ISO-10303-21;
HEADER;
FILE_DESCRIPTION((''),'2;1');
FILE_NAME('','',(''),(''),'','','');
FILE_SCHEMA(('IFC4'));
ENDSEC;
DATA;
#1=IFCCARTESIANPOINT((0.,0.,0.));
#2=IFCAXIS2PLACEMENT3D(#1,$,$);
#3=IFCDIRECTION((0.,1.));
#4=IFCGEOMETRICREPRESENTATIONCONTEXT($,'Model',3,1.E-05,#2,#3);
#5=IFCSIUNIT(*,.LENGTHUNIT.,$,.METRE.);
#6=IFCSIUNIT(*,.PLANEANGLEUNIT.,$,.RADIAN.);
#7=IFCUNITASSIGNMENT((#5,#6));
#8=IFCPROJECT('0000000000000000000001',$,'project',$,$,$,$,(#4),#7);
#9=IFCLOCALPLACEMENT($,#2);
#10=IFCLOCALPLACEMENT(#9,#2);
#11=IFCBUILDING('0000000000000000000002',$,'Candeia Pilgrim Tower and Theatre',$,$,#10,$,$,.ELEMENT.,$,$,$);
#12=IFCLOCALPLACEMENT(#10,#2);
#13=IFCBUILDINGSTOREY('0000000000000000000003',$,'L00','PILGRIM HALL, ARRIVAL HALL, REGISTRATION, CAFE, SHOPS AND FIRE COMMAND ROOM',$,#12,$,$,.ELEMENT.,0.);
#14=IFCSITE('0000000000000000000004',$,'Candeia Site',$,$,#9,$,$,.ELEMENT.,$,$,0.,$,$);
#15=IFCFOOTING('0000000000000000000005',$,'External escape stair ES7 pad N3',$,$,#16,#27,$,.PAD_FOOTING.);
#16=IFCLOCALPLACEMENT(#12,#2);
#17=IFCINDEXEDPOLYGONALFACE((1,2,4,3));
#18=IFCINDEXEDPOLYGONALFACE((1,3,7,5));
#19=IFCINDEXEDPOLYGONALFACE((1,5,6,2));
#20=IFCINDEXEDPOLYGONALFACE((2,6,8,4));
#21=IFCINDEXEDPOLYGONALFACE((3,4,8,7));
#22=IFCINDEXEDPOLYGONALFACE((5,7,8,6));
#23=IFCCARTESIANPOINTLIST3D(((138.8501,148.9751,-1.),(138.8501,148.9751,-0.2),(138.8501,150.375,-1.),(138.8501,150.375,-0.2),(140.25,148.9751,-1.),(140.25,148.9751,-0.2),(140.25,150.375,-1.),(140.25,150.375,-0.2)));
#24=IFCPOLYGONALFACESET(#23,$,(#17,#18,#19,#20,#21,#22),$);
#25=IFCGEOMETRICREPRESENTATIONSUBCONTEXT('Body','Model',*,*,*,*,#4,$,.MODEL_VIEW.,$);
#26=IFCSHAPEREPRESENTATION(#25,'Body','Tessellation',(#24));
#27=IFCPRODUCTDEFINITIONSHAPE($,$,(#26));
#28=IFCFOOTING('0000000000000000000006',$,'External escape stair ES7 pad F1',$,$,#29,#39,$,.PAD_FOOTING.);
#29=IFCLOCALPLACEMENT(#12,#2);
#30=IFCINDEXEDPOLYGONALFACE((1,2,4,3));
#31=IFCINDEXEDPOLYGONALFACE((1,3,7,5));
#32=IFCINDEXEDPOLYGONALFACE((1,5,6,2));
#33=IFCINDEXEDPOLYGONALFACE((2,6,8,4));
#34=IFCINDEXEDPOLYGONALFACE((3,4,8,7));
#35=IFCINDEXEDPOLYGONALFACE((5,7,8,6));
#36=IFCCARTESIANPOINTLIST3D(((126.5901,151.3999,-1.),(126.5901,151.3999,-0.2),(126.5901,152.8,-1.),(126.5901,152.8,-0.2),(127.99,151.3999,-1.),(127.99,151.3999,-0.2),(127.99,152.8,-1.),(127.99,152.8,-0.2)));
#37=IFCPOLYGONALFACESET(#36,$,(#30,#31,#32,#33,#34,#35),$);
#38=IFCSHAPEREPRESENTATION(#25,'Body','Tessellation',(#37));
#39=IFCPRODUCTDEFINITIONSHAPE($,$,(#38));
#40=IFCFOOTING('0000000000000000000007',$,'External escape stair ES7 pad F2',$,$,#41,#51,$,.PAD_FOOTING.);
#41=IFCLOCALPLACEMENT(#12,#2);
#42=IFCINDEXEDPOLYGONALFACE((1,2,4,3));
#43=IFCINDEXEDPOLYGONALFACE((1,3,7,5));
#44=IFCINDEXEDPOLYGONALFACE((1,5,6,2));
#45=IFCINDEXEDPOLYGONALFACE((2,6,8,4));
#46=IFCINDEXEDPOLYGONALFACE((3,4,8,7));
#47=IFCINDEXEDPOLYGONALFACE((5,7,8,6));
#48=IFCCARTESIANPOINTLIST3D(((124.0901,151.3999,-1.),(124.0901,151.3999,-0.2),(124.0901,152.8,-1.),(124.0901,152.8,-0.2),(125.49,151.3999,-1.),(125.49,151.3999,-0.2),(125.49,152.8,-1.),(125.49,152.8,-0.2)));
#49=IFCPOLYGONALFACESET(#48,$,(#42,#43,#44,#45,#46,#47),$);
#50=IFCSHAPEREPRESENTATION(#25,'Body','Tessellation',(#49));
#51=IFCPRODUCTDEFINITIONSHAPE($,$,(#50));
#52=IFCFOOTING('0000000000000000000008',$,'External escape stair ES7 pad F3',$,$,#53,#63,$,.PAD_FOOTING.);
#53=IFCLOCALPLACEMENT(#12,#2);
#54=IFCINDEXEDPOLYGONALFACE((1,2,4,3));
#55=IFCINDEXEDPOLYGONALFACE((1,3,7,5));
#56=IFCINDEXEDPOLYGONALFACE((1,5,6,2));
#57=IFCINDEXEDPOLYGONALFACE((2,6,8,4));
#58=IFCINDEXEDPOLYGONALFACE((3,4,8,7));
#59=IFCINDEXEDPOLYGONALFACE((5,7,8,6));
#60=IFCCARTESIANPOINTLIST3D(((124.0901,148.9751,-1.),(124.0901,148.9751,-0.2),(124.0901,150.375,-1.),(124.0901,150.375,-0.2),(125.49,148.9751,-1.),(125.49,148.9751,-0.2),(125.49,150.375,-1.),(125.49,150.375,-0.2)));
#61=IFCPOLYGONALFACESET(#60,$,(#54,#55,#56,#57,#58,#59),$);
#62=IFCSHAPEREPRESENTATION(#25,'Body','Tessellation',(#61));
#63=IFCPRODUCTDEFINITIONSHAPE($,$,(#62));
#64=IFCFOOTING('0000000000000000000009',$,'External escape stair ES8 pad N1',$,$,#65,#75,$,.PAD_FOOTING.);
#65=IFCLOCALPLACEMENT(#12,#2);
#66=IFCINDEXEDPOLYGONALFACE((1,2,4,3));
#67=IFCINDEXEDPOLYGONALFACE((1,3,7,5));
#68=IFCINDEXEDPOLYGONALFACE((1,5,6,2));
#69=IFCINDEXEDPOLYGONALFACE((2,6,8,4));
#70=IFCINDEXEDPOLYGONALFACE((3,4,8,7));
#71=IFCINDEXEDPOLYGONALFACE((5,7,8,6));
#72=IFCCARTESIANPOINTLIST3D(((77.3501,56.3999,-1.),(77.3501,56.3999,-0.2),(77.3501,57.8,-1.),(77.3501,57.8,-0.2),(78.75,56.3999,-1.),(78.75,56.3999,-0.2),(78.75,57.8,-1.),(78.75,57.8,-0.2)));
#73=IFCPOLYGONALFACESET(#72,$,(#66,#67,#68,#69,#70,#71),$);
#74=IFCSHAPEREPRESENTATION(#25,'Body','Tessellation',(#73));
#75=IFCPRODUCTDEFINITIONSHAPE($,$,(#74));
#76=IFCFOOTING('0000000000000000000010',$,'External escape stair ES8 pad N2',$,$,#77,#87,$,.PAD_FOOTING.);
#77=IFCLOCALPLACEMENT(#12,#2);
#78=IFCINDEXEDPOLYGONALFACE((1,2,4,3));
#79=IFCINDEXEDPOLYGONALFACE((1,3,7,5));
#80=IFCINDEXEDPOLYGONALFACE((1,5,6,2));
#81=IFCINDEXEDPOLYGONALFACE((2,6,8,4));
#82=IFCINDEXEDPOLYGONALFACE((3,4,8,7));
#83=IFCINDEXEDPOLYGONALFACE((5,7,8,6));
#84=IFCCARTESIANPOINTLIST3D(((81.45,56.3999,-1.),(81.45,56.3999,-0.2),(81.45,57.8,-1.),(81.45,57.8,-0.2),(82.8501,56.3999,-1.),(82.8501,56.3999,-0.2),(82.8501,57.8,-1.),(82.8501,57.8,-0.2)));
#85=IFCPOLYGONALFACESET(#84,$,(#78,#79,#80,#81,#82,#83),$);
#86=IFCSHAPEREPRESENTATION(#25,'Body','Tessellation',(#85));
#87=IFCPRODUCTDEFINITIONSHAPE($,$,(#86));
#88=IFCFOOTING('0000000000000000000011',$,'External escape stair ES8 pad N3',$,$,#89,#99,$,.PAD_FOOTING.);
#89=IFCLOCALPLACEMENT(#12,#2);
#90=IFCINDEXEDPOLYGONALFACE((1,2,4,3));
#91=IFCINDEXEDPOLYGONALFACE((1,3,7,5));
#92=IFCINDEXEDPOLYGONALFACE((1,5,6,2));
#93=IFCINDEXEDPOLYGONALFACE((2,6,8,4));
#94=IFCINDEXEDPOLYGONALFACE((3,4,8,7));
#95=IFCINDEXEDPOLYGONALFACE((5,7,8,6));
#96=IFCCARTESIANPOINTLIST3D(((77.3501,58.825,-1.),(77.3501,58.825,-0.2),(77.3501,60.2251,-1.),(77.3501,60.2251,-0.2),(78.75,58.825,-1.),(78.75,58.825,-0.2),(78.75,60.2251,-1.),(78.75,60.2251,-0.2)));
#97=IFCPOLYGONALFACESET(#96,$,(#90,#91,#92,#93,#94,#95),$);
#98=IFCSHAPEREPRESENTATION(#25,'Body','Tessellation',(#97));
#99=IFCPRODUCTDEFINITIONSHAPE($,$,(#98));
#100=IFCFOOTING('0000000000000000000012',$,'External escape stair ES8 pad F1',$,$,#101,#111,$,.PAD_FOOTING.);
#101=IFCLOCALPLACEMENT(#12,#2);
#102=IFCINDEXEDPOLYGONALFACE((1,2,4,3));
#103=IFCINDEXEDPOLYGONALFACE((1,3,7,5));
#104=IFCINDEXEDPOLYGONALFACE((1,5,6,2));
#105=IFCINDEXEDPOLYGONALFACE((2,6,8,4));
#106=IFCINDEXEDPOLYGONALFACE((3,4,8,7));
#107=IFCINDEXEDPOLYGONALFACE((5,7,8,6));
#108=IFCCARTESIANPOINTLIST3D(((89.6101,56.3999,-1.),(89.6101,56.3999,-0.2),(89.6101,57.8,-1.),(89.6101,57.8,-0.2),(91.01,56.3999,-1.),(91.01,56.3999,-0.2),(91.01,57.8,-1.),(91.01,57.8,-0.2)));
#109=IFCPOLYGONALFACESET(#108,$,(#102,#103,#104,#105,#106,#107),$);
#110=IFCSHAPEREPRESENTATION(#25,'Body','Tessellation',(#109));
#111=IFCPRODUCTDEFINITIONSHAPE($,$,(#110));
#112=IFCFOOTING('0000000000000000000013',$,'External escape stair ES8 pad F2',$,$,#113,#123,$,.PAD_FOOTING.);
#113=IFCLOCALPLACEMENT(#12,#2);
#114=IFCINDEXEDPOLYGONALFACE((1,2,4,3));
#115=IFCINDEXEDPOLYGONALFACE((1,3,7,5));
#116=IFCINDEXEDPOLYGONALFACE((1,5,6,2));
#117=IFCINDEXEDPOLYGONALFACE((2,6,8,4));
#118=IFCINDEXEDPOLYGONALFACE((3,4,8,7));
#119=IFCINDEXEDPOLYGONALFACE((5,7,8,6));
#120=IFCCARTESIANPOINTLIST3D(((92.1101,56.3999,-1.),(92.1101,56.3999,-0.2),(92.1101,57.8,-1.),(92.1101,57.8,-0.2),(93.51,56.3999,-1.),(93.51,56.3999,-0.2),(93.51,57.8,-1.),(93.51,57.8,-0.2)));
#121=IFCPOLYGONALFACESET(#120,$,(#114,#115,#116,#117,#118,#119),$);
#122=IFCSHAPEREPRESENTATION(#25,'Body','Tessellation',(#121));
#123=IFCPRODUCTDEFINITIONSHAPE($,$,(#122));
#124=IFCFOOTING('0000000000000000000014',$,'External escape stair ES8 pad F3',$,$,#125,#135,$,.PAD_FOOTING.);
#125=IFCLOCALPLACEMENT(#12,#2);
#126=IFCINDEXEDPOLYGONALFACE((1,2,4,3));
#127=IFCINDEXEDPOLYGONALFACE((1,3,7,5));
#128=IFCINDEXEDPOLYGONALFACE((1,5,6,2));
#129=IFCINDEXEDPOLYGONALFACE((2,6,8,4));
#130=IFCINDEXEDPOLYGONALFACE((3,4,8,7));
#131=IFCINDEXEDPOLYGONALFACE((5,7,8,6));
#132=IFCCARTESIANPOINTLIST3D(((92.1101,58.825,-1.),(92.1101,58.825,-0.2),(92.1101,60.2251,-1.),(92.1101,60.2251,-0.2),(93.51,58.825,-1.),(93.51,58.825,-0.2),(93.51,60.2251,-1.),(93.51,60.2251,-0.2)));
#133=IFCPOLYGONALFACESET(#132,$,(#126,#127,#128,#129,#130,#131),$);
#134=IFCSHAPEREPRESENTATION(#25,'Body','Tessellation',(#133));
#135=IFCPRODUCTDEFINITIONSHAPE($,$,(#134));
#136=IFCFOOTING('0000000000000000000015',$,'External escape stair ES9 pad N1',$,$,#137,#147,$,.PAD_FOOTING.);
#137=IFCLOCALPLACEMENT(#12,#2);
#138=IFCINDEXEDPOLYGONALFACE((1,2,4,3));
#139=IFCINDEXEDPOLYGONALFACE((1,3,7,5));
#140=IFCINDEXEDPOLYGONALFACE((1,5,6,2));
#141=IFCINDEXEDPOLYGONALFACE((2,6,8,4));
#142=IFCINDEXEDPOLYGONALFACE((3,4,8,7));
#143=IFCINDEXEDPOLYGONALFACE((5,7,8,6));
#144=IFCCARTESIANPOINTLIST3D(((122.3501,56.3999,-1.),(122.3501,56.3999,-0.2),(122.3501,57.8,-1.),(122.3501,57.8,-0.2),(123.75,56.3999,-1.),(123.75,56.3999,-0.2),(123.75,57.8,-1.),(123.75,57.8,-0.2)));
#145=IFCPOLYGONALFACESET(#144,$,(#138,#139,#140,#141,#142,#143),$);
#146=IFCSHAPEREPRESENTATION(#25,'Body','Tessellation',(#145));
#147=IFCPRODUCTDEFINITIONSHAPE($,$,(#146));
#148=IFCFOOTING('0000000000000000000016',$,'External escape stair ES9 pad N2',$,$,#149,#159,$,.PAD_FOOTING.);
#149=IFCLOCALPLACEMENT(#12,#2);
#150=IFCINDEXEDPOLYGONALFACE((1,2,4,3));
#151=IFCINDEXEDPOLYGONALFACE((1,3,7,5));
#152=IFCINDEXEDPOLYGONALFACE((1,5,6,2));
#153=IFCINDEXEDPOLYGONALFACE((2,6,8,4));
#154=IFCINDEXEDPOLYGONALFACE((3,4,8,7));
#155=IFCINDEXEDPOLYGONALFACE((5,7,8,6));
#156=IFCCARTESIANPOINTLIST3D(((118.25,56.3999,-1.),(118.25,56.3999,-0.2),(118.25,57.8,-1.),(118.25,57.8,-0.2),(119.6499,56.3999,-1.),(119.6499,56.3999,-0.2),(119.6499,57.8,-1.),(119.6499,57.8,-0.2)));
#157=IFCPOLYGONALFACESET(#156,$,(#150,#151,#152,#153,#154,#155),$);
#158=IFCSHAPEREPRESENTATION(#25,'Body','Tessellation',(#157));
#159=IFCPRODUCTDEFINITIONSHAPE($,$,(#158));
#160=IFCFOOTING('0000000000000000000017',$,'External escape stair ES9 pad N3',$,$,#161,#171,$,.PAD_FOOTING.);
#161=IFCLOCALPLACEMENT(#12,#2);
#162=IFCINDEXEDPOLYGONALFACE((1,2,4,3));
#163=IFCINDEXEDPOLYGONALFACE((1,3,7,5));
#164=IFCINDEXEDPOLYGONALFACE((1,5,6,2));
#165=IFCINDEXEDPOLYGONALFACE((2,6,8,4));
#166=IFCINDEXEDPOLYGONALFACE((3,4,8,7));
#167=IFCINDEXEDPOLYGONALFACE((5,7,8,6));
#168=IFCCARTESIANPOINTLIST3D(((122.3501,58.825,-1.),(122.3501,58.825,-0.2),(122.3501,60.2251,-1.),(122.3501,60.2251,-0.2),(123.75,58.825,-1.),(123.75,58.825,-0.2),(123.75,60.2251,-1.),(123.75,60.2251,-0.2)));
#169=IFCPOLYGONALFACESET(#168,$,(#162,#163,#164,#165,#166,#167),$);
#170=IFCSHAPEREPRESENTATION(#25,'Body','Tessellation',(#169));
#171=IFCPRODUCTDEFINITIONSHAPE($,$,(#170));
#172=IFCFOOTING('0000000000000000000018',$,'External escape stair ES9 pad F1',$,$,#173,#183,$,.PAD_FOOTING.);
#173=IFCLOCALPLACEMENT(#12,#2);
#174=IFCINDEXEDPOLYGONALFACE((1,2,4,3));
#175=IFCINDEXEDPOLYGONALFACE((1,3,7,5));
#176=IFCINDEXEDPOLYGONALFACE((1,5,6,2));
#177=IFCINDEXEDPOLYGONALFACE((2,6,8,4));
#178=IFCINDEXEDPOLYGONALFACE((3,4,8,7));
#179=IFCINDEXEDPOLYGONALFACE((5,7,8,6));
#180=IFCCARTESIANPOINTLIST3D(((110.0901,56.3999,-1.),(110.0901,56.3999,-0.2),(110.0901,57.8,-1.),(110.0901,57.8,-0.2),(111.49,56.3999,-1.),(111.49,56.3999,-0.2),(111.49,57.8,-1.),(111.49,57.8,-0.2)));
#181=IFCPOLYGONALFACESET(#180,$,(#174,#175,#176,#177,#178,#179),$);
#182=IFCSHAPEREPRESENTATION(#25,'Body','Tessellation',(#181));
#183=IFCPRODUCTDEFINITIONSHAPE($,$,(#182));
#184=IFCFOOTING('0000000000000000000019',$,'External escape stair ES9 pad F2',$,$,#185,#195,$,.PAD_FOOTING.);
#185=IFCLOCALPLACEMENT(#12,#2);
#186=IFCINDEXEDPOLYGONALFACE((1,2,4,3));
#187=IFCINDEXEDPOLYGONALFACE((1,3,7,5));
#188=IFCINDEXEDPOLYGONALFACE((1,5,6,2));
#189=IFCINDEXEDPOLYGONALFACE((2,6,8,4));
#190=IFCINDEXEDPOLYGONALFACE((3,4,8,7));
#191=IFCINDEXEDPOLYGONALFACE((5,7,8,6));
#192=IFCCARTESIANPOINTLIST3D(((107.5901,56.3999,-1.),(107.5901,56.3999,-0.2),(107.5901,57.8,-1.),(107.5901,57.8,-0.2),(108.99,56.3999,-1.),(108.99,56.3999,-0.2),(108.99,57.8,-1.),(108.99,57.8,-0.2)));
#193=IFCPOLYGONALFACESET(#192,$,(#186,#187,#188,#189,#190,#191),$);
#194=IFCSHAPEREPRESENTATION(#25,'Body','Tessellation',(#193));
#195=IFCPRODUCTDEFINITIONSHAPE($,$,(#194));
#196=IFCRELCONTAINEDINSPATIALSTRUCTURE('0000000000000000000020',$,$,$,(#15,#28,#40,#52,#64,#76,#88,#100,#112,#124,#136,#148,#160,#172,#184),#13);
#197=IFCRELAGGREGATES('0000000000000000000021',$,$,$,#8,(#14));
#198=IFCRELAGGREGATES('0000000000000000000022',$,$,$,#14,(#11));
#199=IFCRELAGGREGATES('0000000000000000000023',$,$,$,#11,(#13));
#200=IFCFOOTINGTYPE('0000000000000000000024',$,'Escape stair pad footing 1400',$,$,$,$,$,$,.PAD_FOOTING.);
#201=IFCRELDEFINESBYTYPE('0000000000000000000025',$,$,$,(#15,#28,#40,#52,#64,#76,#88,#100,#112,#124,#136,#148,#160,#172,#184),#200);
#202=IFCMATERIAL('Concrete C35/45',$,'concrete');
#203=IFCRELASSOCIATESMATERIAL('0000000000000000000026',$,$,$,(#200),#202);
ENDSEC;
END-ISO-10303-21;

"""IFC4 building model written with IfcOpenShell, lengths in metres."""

from ifc_helpers import new_model, si_unit, direction, frame, origin, place, context, subcontext, project, spatial, polyline, outline, extrude, material, type_object, element, save


model = new_model("IFC4")

# Units and contexts
model_context = context("Model", 3, precision=1e-05, world=origin(), true_north=direction((0.0, 1.0)))
body_context = subcontext(model_context, "Body", "Model", "MODEL_VIEW")
ifc_project = project(units=[si_unit("LENGTHUNIT", "METRE"), si_unit("PLANEANGLEUNIT", "RADIAN")], contexts=[model_context])

# Site, building, storey
site_placement = place(None, origin())
site = spatial("IfcSite", under=ifc_project, at=site_placement, Name="Candeia Site", CompositionType="ELEMENT", RefElevation=0.0)
building_placement = place(site_placement, origin())
building = spatial("IfcBuilding", under=site, at=building_placement, Name="Candeia Pilgrim Tower and Theatre", CompositionType="ELEMENT")
storey_placement = place(building_placement, origin())
storey = spatial("IfcBuildingStorey", under=building, at=storey_placement, Name="L00", Description="PILGRIM HALL, ARRIVAL HALL, REGISTRATION, CAFE, SHOPS AND FIRE COMMAND ROOM", CompositionType="ELEMENT", Elevation=0.0)

# Footings
ifc_material = material(Name="Concrete C35/45", Category="concrete")
footing_type = type_object("IfcFootingType", Name="Escape stair pad footing 1400", PredefinedType="PAD_FOOTING", material=ifc_material)
footing_1_placement = place(storey_placement, frame((0.0, 0.0, -1.0)))
element("IfcFooting", 1, at=footing_1_placement, inside=storey, type_object=footing_type, Name="External escape stair ES7 pad N3", PredefinedType="PAD_FOOTING", context=body_context, shape_type="SweptSolid", body=[
    extrude(outline(polyline([(138.8501, 148.9751), (140.25, 148.9751), (140.25, 150.375), (138.8501, 150.375), (138.8501, 148.9751)])), origin(), (0.0, 0.0, 1.0), 0.8),
])
footing_2_placement = place(storey_placement, frame((0.0, 0.0, -1.0)))
element("IfcFooting", 2, at=footing_2_placement, inside=storey, type_object=footing_type, Name="External escape stair ES7 pad F1", PredefinedType="PAD_FOOTING", context=body_context, shape_type="SweptSolid", body=[
    extrude(outline(polyline([(126.5901, 151.3999), (127.99, 151.3999), (127.99, 152.8), (126.5901, 152.8), (126.5901, 151.3999)])), origin(), (0.0, 0.0, 1.0), 0.8),
])
footing_3_placement = place(storey_placement, frame((0.0, 0.0, -1.0)))
element("IfcFooting", 3, at=footing_3_placement, inside=storey, type_object=footing_type, Name="External escape stair ES7 pad F2", PredefinedType="PAD_FOOTING", context=body_context, shape_type="SweptSolid", body=[
    extrude(outline(polyline([(124.0901, 151.3999), (125.49, 151.3999), (125.49, 152.8), (124.0901, 152.8), (124.0901, 151.3999)])), origin(), (0.0, 0.0, 1.0), 0.8),
])
footing_4_placement = place(storey_placement, frame((0.0, 0.0, -1.0)))
element("IfcFooting", 4, at=footing_4_placement, inside=storey, type_object=footing_type, Name="External escape stair ES7 pad F3", PredefinedType="PAD_FOOTING", context=body_context, shape_type="SweptSolid", body=[
    extrude(outline(polyline([(124.0901, 148.9751), (125.49, 148.9751), (125.49, 150.375), (124.0901, 150.375), (124.0901, 148.9751)])), origin(), (0.0, 0.0, 1.0), 0.8),
])
footing_5_placement = place(storey_placement, frame((0.0, 0.0, -1.0)))
element("IfcFooting", 5, at=footing_5_placement, inside=storey, type_object=footing_type, Name="External escape stair ES8 pad N1", PredefinedType="PAD_FOOTING", context=body_context, shape_type="SweptSolid", body=[
    extrude(outline(polyline([(77.3501, 56.3999), (78.75, 56.3999), (78.75, 57.8), (77.3501, 57.8), (77.3501, 56.3999)])), origin(), (0.0, 0.0, 1.0), 0.8),
])
footing_6_placement = place(storey_placement, frame((0.0, 0.0, -1.0)))
element("IfcFooting", 6, at=footing_6_placement, inside=storey, type_object=footing_type, Name="External escape stair ES8 pad N2", PredefinedType="PAD_FOOTING", context=body_context, shape_type="SweptSolid", body=[
    extrude(outline(polyline([(81.45, 56.3999), (82.8501, 56.3999), (82.8501, 57.8), (81.45, 57.8), (81.45, 56.3999)])), origin(), (0.0, 0.0, 1.0), 0.8),
])
footing_7_placement = place(storey_placement, frame((0.0, 0.0, -1.0)))
element("IfcFooting", 7, at=footing_7_placement, inside=storey, type_object=footing_type, Name="External escape stair ES8 pad N3", PredefinedType="PAD_FOOTING", context=body_context, shape_type="SweptSolid", body=[
    extrude(outline(polyline([(77.3501, 58.825), (78.75, 58.825), (78.75, 60.2251), (77.3501, 60.2251), (77.3501, 58.825)])), origin(), (0.0, 0.0, 1.0), 0.8),
])
footing_8_placement = place(storey_placement, frame((0.0, 0.0, -1.0)))
element("IfcFooting", 8, at=footing_8_placement, inside=storey, type_object=footing_type, Name="External escape stair ES8 pad F1", PredefinedType="PAD_FOOTING", context=body_context, shape_type="SweptSolid", body=[
    extrude(outline(polyline([(89.6101, 56.3999), (91.01, 56.3999), (91.01, 57.8), (89.6101, 57.8), (89.6101, 56.3999)])), origin(), (0.0, 0.0, 1.0), 0.8),
])
footing_9_placement = place(storey_placement, frame((0.0, 0.0, -1.0)))
element("IfcFooting", 9, at=footing_9_placement, inside=storey, type_object=footing_type, Name="External escape stair ES8 pad F2", PredefinedType="PAD_FOOTING", context=body_context, shape_type="SweptSolid", body=[
    extrude(outline(polyline([(92.1101, 56.3999), (93.51, 56.3999), (93.51, 57.8), (92.1101, 57.8), (92.1101, 56.3999)])), origin(), (0.0, 0.0, 1.0), 0.8),
])
footing_10_placement = place(storey_placement, frame((0.0, 0.0, -1.0)))
element("IfcFooting", 10, at=footing_10_placement, inside=storey, type_object=footing_type, Name="External escape stair ES8 pad F3", PredefinedType="PAD_FOOTING", context=body_context, shape_type="SweptSolid", body=[
    extrude(outline(polyline([(92.1101, 58.825), (93.51, 58.825), (93.51, 60.2251), (92.1101, 60.2251), (92.1101, 58.825)])), origin(), (0.0, 0.0, 1.0), 0.8),
])
footing_11_placement = place(storey_placement, frame((0.0, 0.0, -1.0)))
element("IfcFooting", 11, at=footing_11_placement, inside=storey, type_object=footing_type, Name="External escape stair ES9 pad N1", PredefinedType="PAD_FOOTING", context=body_context, shape_type="SweptSolid", body=[
    extrude(outline(polyline([(122.3501, 56.3999), (123.75, 56.3999), (123.75, 57.8), (122.3501, 57.8), (122.3501, 56.3999)])), origin(), (0.0, 0.0, 1.0), 0.8),
])
footing_12_placement = place(storey_placement, frame((0.0, 0.0, -1.0)))
element("IfcFooting", 12, at=footing_12_placement, inside=storey, type_object=footing_type, Name="External escape stair ES9 pad N2", PredefinedType="PAD_FOOTING", context=body_context, shape_type="SweptSolid", body=[
    extrude(outline(polyline([(118.25, 56.3999), (119.6499, 56.3999), (119.6499, 57.8), (118.25, 57.8), (118.25, 56.3999)])), origin(), (0.0, 0.0, 1.0), 0.8),
])
footing_13_placement = place(storey_placement, frame((0.0, 0.0, -1.0)))
element("IfcFooting", 13, at=footing_13_placement, inside=storey, type_object=footing_type, Name="External escape stair ES9 pad N3", PredefinedType="PAD_FOOTING", context=body_context, shape_type="SweptSolid", body=[
    extrude(outline(polyline([(122.3501, 58.825), (123.75, 58.825), (123.75, 60.2251), (122.3501, 60.2251), (122.3501, 58.825)])), origin(), (0.0, 0.0, 1.0), 0.8),
])
footing_14_placement = place(storey_placement, frame((0.0, 0.0, -1.0)))
element("IfcFooting", 14, at=footing_14_placement, inside=storey, type_object=footing_type, Name="External escape stair ES9 pad F1", PredefinedType="PAD_FOOTING", context=body_context, shape_type="SweptSolid", body=[
    extrude(outline(polyline([(110.0901, 56.3999), (111.49, 56.3999), (111.49, 57.8), (110.0901, 57.8), (110.0901, 56.3999)])), origin(), (0.0, 0.0, 1.0), 0.8),
])
footing_15_placement = place(storey_placement, frame((0.0, 0.0, -1.0)))
element("IfcFooting", 15, at=footing_15_placement, inside=storey, type_object=footing_type, Name="External escape stair ES9 pad F2", PredefinedType="PAD_FOOTING", context=body_context, shape_type="SweptSolid", body=[
    extrude(outline(polyline([(107.5901, 56.3999), (108.99, 56.3999), (108.99, 57.8), (107.5901, 57.8), (107.5901, 56.3999)])), origin(), (0.0, 0.0, 1.0), 0.8),
])

save(model, "model.ifc")
